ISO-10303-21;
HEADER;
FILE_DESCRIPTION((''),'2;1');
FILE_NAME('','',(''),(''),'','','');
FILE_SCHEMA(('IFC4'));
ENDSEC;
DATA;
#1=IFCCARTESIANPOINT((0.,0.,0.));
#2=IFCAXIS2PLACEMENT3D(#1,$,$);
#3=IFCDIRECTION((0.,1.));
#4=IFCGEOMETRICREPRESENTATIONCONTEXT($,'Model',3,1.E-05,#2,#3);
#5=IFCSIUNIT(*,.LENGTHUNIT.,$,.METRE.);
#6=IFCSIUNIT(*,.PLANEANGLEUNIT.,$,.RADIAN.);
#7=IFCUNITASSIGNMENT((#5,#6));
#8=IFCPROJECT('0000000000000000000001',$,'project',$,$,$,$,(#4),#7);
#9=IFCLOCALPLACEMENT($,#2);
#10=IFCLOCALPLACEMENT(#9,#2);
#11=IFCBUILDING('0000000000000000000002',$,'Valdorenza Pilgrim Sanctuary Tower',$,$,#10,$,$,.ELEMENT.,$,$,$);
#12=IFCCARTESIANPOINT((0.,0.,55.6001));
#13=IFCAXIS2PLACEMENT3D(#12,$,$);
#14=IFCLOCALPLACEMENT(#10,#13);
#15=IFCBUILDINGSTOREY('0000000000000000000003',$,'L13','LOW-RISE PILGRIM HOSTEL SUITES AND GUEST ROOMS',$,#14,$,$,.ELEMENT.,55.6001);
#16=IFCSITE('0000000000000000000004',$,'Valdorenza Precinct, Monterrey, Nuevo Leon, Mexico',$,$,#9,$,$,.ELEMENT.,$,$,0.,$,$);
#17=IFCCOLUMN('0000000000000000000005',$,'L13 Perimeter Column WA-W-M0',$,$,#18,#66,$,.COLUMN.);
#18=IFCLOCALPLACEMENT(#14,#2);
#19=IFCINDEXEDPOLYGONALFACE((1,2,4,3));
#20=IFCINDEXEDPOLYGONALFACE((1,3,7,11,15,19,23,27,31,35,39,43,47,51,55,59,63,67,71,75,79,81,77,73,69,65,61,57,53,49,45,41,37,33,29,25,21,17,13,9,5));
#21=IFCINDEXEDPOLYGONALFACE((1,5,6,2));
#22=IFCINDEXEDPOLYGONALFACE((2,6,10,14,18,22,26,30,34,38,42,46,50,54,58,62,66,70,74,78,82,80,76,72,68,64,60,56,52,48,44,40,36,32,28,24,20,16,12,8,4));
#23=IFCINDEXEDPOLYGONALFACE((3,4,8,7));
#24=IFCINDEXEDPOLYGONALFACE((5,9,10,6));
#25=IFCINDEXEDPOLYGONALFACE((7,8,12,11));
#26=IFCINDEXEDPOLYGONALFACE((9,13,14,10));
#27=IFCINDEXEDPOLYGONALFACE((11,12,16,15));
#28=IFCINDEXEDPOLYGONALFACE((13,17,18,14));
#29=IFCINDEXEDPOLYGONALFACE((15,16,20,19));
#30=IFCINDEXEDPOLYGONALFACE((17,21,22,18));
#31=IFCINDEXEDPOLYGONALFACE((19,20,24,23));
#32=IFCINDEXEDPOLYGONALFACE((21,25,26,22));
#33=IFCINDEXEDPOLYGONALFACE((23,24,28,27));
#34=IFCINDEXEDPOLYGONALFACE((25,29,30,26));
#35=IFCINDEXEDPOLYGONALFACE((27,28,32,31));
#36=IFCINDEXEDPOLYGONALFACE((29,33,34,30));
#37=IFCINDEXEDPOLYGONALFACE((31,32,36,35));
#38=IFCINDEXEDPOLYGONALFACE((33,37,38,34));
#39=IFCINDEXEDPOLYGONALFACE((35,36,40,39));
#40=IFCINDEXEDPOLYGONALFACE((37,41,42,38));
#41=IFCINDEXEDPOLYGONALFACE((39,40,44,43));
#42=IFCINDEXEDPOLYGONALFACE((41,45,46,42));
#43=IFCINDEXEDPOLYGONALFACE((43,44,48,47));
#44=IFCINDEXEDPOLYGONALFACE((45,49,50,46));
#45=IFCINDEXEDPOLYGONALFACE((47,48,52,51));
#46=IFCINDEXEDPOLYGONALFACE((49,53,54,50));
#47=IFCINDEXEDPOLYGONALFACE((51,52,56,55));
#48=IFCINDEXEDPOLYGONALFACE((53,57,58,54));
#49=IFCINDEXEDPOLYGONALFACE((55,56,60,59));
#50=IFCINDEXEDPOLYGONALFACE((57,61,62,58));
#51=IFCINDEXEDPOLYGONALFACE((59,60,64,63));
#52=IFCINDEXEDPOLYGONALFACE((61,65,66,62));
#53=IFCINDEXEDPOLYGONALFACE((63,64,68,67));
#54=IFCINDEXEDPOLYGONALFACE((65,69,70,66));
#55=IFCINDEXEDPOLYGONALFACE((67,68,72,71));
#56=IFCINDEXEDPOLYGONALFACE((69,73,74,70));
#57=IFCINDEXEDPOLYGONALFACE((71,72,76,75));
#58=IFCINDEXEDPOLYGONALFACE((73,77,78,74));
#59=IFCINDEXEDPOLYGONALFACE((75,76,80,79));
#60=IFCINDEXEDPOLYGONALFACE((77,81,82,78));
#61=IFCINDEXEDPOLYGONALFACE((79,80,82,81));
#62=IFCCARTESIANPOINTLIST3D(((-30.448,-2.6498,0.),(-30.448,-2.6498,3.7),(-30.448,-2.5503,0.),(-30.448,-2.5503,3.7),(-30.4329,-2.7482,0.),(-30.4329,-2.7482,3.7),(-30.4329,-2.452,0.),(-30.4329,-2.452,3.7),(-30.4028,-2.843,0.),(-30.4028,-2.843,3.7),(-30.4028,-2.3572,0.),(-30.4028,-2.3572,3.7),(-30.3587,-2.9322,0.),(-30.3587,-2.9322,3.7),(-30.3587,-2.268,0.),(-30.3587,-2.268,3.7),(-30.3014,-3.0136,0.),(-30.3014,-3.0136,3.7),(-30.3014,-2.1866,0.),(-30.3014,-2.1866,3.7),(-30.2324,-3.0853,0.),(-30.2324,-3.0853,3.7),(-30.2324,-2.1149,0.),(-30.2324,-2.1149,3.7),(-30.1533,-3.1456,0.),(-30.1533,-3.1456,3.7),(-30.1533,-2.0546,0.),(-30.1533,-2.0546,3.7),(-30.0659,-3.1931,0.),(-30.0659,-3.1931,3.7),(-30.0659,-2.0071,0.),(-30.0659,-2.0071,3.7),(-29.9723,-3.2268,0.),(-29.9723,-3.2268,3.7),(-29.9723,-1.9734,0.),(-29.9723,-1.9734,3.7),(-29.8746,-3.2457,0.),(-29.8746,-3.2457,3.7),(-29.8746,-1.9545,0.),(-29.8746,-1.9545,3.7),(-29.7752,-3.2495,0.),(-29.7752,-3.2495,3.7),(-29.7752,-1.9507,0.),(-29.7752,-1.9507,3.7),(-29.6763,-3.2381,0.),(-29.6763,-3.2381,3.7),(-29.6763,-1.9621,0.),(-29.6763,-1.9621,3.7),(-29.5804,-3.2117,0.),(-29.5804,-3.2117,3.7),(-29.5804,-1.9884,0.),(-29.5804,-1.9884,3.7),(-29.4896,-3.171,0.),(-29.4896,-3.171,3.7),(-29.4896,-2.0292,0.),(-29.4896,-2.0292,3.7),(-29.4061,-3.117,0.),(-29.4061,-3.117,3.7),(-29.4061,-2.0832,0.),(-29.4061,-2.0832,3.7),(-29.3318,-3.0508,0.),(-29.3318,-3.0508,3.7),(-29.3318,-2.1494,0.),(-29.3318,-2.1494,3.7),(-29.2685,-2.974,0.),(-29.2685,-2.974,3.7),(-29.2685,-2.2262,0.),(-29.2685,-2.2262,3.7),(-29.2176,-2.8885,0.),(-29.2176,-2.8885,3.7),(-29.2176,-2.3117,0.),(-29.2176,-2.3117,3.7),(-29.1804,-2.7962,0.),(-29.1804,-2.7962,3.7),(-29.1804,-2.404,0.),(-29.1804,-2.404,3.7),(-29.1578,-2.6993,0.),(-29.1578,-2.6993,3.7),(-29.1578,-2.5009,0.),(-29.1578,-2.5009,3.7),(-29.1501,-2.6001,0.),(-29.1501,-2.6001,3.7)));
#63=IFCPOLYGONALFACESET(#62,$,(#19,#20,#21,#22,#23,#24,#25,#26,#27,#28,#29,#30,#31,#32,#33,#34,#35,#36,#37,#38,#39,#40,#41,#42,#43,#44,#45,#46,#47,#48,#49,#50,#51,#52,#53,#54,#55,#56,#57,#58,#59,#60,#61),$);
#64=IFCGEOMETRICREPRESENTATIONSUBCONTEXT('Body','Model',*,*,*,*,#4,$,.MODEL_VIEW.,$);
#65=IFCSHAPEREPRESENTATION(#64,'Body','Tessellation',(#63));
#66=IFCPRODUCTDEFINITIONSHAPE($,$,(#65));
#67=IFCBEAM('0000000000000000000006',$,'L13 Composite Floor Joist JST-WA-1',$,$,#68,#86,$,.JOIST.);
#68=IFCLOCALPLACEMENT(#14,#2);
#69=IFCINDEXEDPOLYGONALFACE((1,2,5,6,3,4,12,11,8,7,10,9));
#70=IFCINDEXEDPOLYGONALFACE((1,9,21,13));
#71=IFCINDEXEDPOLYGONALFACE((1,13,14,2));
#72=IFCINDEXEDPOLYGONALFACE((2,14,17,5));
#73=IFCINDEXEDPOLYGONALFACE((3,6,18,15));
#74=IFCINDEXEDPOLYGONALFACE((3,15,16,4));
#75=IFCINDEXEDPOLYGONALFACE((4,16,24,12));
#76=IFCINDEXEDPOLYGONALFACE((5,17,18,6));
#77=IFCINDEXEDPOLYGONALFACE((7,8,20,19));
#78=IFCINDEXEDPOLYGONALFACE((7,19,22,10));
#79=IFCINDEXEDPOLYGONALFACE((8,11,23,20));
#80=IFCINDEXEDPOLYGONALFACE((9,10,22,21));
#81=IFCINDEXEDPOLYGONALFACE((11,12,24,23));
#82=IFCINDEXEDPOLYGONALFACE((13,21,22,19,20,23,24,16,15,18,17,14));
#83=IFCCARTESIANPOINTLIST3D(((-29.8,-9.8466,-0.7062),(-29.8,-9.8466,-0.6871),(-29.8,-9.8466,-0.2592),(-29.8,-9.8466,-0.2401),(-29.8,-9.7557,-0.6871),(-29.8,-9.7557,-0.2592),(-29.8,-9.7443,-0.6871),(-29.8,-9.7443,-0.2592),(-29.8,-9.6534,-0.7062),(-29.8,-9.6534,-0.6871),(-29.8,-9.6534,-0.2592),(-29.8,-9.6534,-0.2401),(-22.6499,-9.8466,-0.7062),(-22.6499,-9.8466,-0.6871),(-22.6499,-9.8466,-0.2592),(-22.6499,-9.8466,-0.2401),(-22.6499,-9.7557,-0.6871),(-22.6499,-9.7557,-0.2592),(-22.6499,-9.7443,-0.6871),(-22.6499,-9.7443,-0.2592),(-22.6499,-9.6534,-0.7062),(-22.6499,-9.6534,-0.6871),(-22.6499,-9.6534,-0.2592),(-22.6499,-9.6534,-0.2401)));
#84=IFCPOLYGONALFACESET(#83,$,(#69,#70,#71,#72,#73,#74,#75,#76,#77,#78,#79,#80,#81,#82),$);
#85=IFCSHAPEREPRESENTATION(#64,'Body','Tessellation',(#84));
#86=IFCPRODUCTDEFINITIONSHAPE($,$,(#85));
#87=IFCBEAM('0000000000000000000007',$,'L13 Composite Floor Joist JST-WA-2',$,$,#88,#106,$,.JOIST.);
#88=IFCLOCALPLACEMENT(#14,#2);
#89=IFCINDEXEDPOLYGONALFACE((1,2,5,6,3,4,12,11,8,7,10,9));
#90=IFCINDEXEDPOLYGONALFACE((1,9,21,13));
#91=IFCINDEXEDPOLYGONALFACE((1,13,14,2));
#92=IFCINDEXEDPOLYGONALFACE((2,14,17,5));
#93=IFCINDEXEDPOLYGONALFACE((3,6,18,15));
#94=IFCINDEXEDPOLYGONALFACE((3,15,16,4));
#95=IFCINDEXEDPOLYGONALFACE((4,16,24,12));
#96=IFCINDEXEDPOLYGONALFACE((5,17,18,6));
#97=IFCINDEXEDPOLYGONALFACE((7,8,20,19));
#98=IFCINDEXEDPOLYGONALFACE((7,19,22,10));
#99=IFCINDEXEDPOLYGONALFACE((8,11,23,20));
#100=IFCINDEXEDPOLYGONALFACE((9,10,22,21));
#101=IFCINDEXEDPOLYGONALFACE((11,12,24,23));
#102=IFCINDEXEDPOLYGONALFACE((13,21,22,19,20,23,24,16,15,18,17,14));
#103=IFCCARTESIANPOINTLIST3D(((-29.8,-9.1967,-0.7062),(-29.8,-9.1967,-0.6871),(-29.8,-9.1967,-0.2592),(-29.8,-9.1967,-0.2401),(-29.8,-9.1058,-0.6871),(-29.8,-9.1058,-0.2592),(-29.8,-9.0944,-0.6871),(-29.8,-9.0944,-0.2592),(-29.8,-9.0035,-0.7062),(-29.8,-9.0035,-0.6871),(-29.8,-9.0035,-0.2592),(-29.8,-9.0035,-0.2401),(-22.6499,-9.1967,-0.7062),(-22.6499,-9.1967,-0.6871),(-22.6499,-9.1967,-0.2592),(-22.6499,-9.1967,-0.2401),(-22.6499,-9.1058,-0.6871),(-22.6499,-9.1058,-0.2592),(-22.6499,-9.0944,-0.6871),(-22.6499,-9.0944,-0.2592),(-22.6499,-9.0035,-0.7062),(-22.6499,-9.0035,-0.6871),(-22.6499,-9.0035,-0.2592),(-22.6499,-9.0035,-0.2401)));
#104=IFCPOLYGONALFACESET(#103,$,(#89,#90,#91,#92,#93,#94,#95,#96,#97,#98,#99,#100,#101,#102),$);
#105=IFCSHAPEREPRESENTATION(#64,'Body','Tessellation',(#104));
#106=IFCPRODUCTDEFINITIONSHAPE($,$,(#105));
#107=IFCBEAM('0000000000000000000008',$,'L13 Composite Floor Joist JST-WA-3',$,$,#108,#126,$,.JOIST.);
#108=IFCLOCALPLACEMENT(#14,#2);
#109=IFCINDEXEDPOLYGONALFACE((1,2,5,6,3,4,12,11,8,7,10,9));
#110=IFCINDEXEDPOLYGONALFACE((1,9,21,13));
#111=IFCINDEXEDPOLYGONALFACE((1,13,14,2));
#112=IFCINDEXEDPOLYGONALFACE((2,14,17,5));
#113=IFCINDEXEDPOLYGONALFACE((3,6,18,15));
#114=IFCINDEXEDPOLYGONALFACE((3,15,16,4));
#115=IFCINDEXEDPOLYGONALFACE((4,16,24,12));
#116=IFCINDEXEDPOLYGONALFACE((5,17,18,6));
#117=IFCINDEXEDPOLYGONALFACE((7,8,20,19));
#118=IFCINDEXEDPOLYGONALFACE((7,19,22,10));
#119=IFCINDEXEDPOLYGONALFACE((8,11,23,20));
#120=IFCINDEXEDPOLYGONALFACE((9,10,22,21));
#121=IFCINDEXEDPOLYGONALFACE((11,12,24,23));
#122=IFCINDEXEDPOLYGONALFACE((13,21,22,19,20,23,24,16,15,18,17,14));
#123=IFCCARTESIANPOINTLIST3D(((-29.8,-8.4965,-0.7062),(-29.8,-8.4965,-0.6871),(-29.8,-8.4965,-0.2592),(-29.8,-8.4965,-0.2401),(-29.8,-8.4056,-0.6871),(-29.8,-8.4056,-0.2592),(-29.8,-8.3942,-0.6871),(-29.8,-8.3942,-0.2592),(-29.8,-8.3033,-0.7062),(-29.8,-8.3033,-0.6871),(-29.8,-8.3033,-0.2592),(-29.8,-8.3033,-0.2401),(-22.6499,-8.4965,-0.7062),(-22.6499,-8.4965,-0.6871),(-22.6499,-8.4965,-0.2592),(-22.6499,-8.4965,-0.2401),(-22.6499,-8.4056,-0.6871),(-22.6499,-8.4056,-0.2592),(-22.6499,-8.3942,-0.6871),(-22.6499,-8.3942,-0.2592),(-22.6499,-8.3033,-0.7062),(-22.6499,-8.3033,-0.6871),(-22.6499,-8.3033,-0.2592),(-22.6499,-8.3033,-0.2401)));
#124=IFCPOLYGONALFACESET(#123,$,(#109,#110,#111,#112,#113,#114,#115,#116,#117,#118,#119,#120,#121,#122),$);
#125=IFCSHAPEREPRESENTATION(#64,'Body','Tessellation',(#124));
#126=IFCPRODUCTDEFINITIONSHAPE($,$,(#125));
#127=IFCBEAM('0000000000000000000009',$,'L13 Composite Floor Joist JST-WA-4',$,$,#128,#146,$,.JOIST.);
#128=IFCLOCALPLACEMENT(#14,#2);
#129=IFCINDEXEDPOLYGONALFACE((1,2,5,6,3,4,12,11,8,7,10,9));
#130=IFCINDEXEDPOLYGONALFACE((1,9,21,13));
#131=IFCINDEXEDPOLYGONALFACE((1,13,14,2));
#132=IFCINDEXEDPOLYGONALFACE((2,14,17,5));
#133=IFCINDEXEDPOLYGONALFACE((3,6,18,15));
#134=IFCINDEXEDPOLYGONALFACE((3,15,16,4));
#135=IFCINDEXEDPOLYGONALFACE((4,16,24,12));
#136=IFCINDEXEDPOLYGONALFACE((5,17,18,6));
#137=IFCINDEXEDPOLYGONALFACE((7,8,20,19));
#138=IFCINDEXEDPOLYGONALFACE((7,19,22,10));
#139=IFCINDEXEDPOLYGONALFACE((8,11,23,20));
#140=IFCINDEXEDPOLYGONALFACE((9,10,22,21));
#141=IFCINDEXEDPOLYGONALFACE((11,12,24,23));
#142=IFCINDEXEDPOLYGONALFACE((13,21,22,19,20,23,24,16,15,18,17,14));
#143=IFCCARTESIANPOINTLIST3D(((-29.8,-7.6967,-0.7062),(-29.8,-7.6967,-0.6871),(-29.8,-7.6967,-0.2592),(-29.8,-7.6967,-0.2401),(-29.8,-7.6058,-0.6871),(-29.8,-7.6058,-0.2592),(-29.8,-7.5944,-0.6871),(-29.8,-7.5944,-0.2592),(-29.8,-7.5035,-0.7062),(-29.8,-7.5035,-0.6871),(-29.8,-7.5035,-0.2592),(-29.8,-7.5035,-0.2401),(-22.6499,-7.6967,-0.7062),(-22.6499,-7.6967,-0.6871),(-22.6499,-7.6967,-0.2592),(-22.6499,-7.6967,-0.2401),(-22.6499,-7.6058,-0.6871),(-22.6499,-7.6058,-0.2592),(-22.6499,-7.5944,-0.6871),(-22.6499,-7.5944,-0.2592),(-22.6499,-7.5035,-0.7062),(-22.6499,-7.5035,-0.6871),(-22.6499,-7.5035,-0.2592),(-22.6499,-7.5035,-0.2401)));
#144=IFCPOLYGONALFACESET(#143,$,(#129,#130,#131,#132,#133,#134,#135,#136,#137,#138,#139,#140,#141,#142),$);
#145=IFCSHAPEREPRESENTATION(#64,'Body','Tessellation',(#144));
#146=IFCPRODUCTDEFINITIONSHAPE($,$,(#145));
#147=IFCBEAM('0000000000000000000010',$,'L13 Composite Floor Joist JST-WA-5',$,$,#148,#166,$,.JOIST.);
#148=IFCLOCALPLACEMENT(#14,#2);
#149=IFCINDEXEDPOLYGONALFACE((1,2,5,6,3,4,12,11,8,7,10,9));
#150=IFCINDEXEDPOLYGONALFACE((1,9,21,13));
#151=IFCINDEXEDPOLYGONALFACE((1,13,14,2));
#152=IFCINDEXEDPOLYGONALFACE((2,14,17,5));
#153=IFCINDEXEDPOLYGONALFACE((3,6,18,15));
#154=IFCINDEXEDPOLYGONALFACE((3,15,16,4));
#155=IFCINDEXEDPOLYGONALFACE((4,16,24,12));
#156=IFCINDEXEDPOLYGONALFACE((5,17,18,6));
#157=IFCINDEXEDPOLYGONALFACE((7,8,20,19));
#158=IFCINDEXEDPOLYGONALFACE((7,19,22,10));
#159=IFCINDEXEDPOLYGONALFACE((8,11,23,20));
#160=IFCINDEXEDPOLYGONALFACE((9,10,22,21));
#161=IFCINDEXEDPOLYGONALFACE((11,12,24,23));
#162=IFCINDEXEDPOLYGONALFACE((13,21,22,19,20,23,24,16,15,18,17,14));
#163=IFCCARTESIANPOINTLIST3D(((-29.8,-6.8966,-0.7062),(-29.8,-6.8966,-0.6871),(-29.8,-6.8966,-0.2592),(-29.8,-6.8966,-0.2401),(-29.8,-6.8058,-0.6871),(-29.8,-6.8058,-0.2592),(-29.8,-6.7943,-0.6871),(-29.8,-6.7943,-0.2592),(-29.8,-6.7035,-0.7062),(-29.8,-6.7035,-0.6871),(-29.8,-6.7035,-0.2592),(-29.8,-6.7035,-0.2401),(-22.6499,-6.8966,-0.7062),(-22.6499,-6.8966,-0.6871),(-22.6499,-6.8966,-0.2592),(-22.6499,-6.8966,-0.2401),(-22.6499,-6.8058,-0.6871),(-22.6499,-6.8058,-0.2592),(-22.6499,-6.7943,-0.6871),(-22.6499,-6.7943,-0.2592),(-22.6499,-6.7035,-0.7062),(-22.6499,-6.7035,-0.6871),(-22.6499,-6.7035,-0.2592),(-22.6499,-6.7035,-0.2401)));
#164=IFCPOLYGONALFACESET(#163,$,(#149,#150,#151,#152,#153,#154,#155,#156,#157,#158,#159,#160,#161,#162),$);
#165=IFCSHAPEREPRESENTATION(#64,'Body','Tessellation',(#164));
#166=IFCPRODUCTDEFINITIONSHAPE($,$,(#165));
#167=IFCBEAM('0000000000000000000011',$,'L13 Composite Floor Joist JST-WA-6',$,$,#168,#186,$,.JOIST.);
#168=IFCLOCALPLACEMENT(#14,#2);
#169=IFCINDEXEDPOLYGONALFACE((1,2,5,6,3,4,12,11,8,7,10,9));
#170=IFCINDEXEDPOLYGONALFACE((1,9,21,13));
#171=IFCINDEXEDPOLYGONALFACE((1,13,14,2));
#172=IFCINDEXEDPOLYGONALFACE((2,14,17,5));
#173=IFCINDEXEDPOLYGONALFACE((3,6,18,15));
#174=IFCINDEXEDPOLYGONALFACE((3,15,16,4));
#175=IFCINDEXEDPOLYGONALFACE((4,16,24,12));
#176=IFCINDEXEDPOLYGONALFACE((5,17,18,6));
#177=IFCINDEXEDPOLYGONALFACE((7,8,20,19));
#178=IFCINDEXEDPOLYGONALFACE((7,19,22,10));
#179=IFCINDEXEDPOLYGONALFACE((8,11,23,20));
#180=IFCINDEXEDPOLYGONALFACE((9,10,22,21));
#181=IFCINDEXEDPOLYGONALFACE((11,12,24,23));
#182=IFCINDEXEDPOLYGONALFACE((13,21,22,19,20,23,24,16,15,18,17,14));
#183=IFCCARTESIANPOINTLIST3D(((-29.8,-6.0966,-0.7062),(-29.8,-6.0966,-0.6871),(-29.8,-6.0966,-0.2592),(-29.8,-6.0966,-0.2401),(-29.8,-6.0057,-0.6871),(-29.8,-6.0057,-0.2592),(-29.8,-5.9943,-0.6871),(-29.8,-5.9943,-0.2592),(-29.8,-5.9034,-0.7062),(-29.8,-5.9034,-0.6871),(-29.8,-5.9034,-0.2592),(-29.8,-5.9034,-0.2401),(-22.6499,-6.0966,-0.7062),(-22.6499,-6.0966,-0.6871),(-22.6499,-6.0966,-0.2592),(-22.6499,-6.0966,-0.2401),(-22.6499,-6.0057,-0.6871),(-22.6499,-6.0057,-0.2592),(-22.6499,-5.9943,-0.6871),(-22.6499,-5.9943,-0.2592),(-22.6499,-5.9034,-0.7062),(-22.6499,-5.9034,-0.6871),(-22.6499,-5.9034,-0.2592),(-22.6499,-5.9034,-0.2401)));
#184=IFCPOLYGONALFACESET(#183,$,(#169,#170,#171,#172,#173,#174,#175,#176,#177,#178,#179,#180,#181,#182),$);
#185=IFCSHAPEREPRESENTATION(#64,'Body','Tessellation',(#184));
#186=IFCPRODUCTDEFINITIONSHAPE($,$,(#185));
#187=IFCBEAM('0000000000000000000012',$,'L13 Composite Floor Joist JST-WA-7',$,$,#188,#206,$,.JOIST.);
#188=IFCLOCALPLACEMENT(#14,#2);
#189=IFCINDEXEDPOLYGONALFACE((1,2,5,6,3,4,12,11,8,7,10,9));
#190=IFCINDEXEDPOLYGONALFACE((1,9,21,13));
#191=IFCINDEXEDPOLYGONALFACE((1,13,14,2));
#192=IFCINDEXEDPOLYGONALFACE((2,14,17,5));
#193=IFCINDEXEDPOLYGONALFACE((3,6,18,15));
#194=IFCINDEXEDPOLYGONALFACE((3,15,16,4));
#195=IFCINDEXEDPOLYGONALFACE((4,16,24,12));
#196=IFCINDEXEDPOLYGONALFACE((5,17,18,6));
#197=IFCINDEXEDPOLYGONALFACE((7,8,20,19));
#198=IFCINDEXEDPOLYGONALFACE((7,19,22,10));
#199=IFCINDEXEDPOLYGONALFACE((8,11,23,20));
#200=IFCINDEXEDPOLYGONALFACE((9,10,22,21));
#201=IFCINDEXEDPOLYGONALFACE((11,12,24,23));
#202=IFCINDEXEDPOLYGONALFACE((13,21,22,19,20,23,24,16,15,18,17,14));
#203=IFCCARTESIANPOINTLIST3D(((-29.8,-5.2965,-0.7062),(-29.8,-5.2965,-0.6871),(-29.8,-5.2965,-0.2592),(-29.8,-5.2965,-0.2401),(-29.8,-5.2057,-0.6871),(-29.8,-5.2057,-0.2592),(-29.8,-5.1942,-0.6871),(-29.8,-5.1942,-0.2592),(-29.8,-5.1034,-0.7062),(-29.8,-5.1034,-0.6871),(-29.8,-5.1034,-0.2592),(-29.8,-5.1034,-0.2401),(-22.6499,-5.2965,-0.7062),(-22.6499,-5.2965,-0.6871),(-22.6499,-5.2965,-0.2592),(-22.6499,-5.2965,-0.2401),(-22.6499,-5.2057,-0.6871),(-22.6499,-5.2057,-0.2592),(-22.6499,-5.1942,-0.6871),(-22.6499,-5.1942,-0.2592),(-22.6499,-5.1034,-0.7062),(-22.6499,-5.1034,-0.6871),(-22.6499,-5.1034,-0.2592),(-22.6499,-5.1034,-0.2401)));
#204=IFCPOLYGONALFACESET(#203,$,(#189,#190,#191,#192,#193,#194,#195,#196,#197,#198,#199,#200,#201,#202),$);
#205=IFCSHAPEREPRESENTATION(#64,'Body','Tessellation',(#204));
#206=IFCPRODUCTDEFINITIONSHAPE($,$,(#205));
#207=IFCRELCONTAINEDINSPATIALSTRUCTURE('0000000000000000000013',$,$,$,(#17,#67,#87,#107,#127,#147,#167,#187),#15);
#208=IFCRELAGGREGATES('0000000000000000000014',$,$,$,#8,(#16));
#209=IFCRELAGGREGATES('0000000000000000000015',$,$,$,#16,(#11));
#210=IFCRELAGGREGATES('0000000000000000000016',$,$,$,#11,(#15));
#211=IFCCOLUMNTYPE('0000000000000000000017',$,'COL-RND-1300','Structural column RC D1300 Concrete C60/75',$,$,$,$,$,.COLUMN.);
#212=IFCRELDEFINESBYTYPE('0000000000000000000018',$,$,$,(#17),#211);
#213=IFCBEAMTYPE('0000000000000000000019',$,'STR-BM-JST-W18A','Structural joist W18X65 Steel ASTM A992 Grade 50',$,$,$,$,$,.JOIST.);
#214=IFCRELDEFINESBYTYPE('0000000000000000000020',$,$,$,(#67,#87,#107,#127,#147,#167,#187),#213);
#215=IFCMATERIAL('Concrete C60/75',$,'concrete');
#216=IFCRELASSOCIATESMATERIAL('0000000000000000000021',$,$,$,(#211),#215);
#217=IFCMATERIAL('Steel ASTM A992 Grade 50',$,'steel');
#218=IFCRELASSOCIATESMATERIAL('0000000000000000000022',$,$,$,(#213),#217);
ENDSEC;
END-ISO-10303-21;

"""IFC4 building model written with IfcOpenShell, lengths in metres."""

from ifc_helpers import new_model, si_unit, direction, frame, origin, origin_2d, place, context, subcontext, project, spatial, circle, i_section, extrude, source, transform, mapped, material, material_profile, profile_set, type_object, element, save


model = new_model("IFC4")

# Units and contexts
model_context = context("Model", 3, precision=1e-05, world=origin(), true_north=direction((0.0, 1.0)))
body_context = subcontext(model_context, "Body", "Model", "MODEL_VIEW")
ifc_project = project(units=[si_unit("LENGTHUNIT", "METRE"), si_unit("PLANEANGLEUNIT", "RADIAN")], contexts=[model_context])

# Site, building, storey
site_placement = place(None, origin())
site = spatial("IfcSite", under=ifc_project, at=site_placement, Name="Valdorenza Precinct, Monterrey, Nuevo Leon, Mexico", CompositionType="ELEMENT", RefElevation=0.0)
building_placement = place(site_placement, origin())
building = spatial("IfcBuilding", under=site, at=building_placement, Name="Valdorenza Pilgrim Sanctuary Tower", CompositionType="ELEMENT")
storey_placement = place(building_placement, frame((0.0, 0.0, 55.6001)))
storey = spatial("IfcBuildingStorey", under=building, at=storey_placement, Name="L13", Description="LOW-RISE PILGRIM HOSTEL SUITES AND GUEST ROOMS", CompositionType="ELEMENT", Elevation=55.6001)

# Column
ifc_material_1 = material(Name="Concrete C60/75", Category="concrete")
ifc_material_profile_1 = material_profile(ifc_material_1, circle(Radius=0.6499, at=origin_2d()), Name="RC D1300")
ifc_profile_set_1 = profile_set([ifc_material_profile_1], Name="Concrete C60/75")
column_type = type_object("IfcColumnType", Name="COL-RND-1300", Description="Structural column RC D1300 Concrete C60/75", PredefinedType="COLUMN", material=ifc_profile_set_1)
shared_shape_1 = source(origin(), body_context, "Body", "SweptSolid", [
    extrude(circle(Radius=0.6499, at=origin_2d()), origin(), (0.0, 0.0, 1.0), 3.7),
])
column_placement = place(storey_placement, frame((-29.8, -2.6001, 0.0), z_axis=(0.0, 0.0, 1.0), x_axis=(1.0, 0.0, 0.0)))
element("IfcColumn", 1, at=column_placement, inside=storey, type_object=column_type, Name="L13 Perimeter Column WA-W-M0", PredefinedType="COLUMN", context=body_context, shape_type="MappedRepresentation", body=[
    mapped(shared_shape_1, transform((0.0, 0.0, 0.0), x_axis=(1.0, 0.0, 0.0), y_axis=(0.0, 1.0, 0.0), z_axis=(0.0, 0.0, 1.0), scale=1.0)),
])

# Beams
ifc_material_2 = material(Name="Steel ASTM A992 Grade 50", Category="steel")
ifc_material_profile_2 = material_profile(ifc_material_2, i_section(OverallWidth=0.1931, OverallDepth=0.4661, WebThickness=0.0115, FlangeThickness=0.019, at=origin_2d()), Name="W18X65")
ifc_profile_set_2 = profile_set([ifc_material_profile_2], Name="Steel ASTM A992 Grade 50")
beam_type_1 = type_object("IfcBeamType", Name="STR-BM-JST-W18A", Description="Structural joist W18X65 Steel ASTM A992 Grade 50", PredefinedType="JOIST", material=ifc_profile_set_2)
shared_shape_2 = source(origin(), body_context, "Body", "SweptSolid", [
    extrude(i_section(OverallWidth=0.1931, OverallDepth=0.4661, WebThickness=0.0115, FlangeThickness=0.019, at=origin_2d()), origin(), (0.0, 0.0, 1.0), 7.1501),
])
for number, where, z_axis, x_axis, name in (
    (2, (-29.8, -9.75, -0.4731), (1.0, 0.0, 0.0), (0.0, 1.0, 0.0), "L13 Composite Floor Joist JST-WA-1"),
    (3, (-29.8, -9.1001, -0.4731), (1.0, 0.0, 0.0), (0.0, 1.0, 0.0), "L13 Composite Floor Joist JST-WA-2"),
    (4, (-29.8, -8.3999, -0.4731), (1.0, 0.0, 0.0), (0.0, 1.0, 0.0), "L13 Composite Floor Joist JST-WA-3"),
    (5, (-29.8, -7.6001, -0.4731), (1.0, 0.0, 0.0), (0.0, 1.0, 0.0), "L13 Composite Floor Joist JST-WA-4"),
    (6, (-29.8, -6.8, -0.4731), (1.0, 0.0, 0.0), (0.0, 1.0, 0.0), "L13 Composite Floor Joist JST-WA-5"),
    (7, (-29.8, -6.0, -0.4731), (1.0, 0.0, 0.0), (0.0, 1.0, 0.0), "L13 Composite Floor Joist JST-WA-6"),
    (8, (-29.8, -5.2, -0.4731), (1.0, 0.0, 0.0), (0.0, 1.0, 0.0), "L13 Composite Floor Joist JST-WA-7"),
):
    element("IfcBeam", number, at=place(storey_placement, frame(where, z_axis=z_axis, x_axis=x_axis)), inside=storey, type_object=beam_type_1, Name=name, PredefinedType="JOIST", context=body_context, shape_type="MappedRepresentation", body=[
        mapped(shared_shape_2, transform((0.0, 0.0, 0.0), x_axis=(1.0, 0.0, 0.0), y_axis=(0.0, 1.0, 0.0), z_axis=(0.0, 0.0, 1.0), scale=1.0)),
    ])

save(model, "model.ifc")
